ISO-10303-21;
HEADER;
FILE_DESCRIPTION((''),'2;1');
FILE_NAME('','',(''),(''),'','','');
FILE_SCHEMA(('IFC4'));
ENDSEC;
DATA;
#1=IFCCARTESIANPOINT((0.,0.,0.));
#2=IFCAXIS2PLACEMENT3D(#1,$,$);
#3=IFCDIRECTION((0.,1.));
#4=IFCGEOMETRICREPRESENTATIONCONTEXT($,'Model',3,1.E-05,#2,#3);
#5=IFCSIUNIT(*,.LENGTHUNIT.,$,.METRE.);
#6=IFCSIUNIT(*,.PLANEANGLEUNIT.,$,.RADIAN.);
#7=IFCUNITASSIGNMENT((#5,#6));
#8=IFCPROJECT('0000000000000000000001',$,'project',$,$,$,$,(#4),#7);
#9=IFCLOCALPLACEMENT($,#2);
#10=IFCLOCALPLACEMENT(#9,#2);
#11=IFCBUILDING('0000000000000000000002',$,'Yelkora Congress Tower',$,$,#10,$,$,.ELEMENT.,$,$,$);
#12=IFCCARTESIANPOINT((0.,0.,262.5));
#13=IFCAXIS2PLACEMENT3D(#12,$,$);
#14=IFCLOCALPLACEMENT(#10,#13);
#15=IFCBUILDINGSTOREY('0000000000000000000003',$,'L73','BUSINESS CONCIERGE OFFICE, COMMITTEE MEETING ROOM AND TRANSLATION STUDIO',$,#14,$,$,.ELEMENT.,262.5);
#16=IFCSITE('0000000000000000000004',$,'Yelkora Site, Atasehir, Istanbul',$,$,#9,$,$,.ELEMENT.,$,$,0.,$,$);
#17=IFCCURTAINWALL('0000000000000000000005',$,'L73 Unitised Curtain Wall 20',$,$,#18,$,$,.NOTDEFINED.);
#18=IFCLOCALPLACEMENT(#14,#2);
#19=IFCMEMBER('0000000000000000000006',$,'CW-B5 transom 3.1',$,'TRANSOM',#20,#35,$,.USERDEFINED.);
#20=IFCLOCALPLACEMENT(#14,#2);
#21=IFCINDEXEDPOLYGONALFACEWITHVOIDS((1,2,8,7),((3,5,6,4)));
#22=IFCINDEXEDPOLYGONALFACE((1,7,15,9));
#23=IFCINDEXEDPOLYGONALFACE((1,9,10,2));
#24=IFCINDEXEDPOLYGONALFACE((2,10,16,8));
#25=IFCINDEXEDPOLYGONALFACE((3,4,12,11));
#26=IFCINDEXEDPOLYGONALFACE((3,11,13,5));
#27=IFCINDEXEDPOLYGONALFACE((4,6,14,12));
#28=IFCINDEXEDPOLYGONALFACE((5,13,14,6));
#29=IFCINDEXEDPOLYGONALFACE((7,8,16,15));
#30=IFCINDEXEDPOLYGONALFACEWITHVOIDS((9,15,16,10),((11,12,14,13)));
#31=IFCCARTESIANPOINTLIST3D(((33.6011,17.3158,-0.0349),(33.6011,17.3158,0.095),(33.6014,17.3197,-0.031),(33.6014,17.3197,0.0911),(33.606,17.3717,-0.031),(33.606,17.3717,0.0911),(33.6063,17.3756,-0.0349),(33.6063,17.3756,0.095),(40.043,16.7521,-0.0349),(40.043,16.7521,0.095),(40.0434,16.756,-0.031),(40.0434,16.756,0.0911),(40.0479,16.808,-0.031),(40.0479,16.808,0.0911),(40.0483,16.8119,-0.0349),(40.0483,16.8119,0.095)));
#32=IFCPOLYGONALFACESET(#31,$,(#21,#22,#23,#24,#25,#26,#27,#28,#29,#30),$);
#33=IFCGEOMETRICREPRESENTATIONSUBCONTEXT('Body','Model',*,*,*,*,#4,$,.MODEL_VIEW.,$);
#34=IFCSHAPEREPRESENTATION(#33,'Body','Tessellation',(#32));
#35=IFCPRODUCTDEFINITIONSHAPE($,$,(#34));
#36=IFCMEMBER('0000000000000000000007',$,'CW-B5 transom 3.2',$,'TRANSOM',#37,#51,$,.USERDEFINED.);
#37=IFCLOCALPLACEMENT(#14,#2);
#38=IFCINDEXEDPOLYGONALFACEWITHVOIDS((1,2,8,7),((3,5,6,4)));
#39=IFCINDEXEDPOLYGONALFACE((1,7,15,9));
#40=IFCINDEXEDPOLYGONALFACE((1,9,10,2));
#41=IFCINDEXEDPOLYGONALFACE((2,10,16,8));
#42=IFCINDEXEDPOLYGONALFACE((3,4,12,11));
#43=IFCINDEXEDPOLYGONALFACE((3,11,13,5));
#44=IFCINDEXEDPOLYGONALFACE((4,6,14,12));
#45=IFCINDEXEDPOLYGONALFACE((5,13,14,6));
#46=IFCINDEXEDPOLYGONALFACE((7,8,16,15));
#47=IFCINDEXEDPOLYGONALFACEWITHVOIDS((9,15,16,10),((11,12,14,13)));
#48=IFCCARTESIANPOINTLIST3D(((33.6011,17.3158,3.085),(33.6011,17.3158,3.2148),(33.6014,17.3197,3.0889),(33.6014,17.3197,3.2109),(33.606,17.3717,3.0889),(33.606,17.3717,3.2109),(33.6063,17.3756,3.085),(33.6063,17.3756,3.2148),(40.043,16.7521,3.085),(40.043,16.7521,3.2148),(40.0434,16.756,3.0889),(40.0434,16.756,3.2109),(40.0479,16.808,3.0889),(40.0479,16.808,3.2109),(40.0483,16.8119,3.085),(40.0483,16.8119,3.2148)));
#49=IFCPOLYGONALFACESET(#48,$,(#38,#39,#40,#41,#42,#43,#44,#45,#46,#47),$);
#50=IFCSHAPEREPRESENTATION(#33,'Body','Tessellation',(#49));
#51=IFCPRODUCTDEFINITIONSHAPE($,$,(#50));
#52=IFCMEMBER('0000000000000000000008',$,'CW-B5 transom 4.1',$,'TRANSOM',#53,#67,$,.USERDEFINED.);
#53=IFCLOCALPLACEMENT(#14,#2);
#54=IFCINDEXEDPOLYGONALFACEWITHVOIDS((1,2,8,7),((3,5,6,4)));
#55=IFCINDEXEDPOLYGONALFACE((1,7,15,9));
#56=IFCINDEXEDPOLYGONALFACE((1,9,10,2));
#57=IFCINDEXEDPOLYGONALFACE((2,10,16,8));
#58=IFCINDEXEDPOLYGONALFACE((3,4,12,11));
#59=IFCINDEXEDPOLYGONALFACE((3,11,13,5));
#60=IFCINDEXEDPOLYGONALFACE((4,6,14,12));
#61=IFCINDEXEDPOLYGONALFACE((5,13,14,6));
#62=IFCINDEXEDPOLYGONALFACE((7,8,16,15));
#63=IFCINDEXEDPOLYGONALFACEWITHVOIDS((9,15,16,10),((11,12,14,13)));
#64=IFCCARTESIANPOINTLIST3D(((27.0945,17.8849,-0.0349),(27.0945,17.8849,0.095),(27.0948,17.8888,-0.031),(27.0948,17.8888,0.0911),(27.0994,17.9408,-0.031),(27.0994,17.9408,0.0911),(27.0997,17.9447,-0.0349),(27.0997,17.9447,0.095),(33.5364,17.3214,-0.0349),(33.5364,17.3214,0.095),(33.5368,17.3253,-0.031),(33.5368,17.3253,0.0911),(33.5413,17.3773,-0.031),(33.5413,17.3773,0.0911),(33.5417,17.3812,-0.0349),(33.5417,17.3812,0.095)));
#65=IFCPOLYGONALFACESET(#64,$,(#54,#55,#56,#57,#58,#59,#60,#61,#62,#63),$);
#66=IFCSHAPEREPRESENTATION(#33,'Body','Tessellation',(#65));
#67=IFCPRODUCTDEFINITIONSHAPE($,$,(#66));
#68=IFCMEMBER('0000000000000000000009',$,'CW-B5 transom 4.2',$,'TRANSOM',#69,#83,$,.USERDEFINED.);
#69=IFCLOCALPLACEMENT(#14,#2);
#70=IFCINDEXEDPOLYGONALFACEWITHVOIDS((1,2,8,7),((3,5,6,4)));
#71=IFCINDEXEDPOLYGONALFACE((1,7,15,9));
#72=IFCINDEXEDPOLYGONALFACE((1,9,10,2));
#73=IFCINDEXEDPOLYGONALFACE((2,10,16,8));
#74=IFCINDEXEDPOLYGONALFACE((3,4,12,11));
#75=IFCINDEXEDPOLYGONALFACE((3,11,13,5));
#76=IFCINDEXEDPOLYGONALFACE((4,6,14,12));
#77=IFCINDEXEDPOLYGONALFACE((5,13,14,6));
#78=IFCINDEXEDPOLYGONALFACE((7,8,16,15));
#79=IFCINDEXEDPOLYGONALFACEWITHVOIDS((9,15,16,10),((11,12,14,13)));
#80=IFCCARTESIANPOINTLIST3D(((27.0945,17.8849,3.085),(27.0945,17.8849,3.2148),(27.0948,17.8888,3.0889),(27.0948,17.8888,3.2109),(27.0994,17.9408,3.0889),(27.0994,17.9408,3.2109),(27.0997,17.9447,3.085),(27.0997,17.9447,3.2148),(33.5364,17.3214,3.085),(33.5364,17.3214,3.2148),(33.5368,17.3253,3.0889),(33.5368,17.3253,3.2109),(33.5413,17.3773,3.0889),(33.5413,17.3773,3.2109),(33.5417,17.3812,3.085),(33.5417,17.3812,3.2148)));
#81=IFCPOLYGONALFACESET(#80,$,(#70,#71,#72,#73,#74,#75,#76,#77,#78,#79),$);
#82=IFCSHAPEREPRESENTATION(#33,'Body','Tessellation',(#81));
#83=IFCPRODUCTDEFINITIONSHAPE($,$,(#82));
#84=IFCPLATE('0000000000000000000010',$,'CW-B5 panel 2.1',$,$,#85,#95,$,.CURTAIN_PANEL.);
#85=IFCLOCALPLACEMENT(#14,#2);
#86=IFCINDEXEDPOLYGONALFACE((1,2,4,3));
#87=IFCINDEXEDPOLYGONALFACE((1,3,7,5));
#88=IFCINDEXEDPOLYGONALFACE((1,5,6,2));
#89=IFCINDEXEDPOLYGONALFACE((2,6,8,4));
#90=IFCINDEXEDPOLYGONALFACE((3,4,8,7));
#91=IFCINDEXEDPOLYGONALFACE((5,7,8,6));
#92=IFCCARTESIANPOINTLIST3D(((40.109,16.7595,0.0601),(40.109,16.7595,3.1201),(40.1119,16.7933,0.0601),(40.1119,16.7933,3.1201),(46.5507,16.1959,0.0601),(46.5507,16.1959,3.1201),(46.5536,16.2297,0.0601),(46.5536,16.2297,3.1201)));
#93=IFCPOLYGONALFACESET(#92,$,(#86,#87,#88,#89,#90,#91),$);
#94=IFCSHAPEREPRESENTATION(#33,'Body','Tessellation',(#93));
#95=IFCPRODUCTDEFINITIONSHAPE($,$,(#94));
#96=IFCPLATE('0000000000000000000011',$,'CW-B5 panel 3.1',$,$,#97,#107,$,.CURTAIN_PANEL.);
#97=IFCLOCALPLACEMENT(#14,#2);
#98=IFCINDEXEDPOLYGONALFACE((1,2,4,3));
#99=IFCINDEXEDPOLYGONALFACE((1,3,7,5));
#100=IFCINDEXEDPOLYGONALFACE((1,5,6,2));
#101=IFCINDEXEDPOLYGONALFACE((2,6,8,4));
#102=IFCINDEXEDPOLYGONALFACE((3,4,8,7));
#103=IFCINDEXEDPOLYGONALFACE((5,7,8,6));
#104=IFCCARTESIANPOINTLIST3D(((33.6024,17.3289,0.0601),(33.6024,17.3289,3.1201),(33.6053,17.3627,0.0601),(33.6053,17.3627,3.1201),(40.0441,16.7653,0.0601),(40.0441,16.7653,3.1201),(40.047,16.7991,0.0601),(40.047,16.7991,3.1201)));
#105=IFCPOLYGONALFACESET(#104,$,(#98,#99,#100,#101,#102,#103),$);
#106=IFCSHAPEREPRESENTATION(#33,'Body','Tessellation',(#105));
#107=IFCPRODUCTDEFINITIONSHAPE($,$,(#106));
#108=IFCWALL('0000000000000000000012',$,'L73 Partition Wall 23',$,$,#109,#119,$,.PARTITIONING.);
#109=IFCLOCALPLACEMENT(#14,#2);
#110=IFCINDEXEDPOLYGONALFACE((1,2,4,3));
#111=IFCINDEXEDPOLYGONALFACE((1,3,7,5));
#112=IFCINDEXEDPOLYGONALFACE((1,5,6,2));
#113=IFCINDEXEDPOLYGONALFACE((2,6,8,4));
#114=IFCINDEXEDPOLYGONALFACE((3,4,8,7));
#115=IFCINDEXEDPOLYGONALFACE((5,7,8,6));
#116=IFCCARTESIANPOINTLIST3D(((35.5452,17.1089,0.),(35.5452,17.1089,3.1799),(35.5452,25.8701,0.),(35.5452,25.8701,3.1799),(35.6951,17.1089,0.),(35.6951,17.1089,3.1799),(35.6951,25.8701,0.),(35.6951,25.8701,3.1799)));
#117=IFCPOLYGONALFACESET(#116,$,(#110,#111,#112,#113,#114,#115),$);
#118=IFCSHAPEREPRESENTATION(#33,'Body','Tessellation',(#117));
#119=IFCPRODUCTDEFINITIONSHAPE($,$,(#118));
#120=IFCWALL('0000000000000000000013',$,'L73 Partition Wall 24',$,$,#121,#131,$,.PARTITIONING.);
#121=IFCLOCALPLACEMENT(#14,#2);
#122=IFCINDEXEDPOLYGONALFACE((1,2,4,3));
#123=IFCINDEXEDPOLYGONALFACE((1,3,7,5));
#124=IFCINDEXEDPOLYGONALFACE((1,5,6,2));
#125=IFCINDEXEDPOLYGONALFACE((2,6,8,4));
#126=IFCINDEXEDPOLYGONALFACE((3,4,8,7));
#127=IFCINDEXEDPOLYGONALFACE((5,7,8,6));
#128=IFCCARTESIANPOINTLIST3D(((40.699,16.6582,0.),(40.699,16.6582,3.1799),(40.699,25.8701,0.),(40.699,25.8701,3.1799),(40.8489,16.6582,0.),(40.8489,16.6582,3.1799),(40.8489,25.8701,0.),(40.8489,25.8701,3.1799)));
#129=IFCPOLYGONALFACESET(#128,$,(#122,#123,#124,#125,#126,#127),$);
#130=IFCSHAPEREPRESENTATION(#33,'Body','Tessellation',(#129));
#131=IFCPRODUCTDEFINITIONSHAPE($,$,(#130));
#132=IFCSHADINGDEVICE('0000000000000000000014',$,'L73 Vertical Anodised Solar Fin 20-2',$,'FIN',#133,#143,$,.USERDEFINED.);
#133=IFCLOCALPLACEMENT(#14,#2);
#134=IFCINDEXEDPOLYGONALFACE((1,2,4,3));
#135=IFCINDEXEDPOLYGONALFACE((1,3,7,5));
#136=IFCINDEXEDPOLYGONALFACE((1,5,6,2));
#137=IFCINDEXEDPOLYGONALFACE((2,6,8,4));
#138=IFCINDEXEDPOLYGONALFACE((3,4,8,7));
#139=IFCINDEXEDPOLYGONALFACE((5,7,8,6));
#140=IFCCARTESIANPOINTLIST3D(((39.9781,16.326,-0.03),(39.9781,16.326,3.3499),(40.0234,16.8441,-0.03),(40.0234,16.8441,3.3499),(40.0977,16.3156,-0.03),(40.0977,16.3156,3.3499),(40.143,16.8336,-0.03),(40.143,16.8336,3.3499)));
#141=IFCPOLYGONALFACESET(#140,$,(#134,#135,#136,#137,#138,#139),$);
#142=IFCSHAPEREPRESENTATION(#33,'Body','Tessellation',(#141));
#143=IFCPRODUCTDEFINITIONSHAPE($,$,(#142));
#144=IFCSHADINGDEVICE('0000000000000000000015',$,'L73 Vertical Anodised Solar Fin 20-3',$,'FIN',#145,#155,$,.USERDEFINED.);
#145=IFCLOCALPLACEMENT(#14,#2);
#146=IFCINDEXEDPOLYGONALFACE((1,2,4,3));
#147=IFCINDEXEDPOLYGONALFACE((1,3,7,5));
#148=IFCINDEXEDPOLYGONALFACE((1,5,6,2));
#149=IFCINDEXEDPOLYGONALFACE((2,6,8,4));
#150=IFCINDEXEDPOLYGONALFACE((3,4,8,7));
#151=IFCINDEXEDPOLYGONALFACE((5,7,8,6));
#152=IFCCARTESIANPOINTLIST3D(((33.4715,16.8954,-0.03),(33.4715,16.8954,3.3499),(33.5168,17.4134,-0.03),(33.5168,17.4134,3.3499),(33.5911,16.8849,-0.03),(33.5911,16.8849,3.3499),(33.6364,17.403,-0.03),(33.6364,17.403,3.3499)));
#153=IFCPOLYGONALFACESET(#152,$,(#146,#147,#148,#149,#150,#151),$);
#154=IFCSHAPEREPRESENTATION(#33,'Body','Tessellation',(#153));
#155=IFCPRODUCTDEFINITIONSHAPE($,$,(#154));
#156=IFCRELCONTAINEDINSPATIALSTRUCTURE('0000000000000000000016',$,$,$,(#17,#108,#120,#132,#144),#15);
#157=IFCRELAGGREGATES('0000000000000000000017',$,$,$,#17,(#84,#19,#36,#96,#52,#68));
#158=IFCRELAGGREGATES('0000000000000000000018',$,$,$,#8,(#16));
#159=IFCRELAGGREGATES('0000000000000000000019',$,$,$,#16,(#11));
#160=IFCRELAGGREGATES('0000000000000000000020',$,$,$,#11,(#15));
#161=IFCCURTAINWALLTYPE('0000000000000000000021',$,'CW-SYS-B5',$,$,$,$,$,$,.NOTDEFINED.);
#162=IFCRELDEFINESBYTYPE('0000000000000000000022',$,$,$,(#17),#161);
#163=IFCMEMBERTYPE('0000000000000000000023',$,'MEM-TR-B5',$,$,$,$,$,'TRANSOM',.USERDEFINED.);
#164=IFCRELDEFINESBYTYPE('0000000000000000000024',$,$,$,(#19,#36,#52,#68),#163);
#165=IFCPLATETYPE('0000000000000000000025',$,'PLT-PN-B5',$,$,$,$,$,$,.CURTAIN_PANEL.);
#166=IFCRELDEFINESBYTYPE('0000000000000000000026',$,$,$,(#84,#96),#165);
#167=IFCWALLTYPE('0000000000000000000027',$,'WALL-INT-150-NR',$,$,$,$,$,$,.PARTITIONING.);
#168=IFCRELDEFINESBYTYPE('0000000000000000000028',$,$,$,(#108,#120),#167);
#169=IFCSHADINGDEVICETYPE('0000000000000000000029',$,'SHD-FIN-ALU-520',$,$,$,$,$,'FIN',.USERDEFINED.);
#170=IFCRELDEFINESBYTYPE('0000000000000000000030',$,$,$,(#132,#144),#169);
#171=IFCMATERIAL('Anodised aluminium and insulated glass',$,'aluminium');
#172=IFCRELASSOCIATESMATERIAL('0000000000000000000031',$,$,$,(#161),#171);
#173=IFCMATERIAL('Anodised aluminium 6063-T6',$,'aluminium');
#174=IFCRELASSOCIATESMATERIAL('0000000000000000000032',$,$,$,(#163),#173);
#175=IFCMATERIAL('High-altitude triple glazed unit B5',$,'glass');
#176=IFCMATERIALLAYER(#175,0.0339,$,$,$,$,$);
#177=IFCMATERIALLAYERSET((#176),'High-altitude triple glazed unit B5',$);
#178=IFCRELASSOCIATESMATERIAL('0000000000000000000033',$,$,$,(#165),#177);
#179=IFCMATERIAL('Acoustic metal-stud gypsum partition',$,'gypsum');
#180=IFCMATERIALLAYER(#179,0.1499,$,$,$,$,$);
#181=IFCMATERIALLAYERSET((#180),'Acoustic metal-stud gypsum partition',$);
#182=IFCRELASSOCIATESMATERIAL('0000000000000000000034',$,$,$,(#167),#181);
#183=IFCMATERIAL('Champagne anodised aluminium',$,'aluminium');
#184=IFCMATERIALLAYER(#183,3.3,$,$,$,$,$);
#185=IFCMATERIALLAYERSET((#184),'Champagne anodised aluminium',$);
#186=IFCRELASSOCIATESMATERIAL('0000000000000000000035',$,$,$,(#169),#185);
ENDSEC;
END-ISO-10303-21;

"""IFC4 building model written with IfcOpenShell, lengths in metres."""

from ifc_helpers import new_model, si_unit, direction, frame, frame_2d, origin, origin_2d, place, context, subcontext, project, spatial, rectangle, hollow_rectangle, extrude, material, layer, layer_set, material_profile, profile_set, type_object, element, aggregate, save


model = new_model("IFC4")

# Units and contexts
model_context = context("Model", 3, precision=1e-05, world=origin(), true_north=direction((0.0, 1.0)))
body_context = subcontext(model_context, "Body", "Model", "MODEL_VIEW")
ifc_project = project(units=[si_unit("LENGTHUNIT", "METRE"), si_unit("PLANEANGLEUNIT", "RADIAN")], contexts=[model_context])

# Site, building, storey
site_placement = place(None, origin())
site = spatial("IfcSite", under=ifc_project, at=site_placement, Name="Yelkora Site, Atasehir, Istanbul", CompositionType="ELEMENT", RefElevation=0.0)
building_placement = place(site_placement, origin())
building = spatial("IfcBuilding", under=site, at=building_placement, Name="Yelkora Congress Tower", CompositionType="ELEMENT")
storey_placement = place(building_placement, frame((0.0, 0.0, 262.5)))
storey = spatial("IfcBuildingStorey", under=building, at=storey_placement, Name="L73", Description="BUSINESS CONCIERGE OFFICE, COMMITTEE MEETING ROOM AND TRANSLATION STUDIO", CompositionType="ELEMENT", Elevation=262.5)

# Curtain wall, members, plates
ifc_material_1 = material(Name="Anodised aluminium and insulated glass", Category="aluminium")
curtain_wall_type = type_object("IfcCurtainWallType", Name="CW-SYS-B5", PredefinedType="NOTDEFINED", material=ifc_material_1)
curtain_wall_placement = place(storey_placement, origin())
curtain_wall = element("IfcCurtainWall", 1, at=curtain_wall_placement, inside=storey, type_object=curtain_wall_type, Name="L73 Unitised Curtain Wall 20", PredefinedType="NOTDEFINED")
ifc_material_2 = material(Name="Anodised aluminium 6063-T6", Category="aluminium")
ifc_material_profile_1 = material_profile(ifc_material_2, hollow_rectangle(XDim=0.0601, YDim=0.1299, WallThickness=0.0039, at=origin_2d()), Name="ALU 60x130x4")
ifc_profile_set_1 = profile_set([ifc_material_profile_1], Name="Anodised aluminium 6063-T6")
member_type_1 = type_object("IfcMemberType", Name="MEM-TR-B5", ElementType="TRANSOM", PredefinedType="USERDEFINED", material=ifc_profile_set_1)
member_1_placement = place(storey_placement, frame((40.0457, 16.782, 0.03), z_axis=(-0.996193, 0.087175, 0.0), x_axis=(-0.087175, -0.996193, 0.0)))
member_1 = element("IfcMember", 2, at=member_1_placement, type_object=member_type_1, Name="CW-B5 transom 3.1", ObjectType="TRANSOM", PredefinedType="USERDEFINED", context=body_context, shape_type="SweptSolid", body=[
    extrude(hollow_rectangle(XDim=0.0601, YDim=0.1299, WallThickness=0.0039, at=origin_2d()), origin(), (0.0, 0.0, 1.0), 6.4666),
])
member_2_placement = place(storey_placement, frame((40.0457, 16.782, 3.1499), z_axis=(-0.996193, 0.087175, 0.0), x_axis=(-0.087175, -0.996193, 0.0)))
member_2 = element("IfcMember", 3, at=member_2_placement, type_object=member_type_1, Name="CW-B5 transom 3.2", ObjectType="TRANSOM", PredefinedType="USERDEFINED", context=body_context, shape_type="SweptSolid", body=[
    extrude(hollow_rectangle(XDim=0.0601, YDim=0.1299, WallThickness=0.0039, at=origin_2d()), origin(), (0.0, 0.0, 1.0), 6.4666),
])
member_3_placement = place(storey_placement, frame((33.5391, 17.3513, 0.03), z_axis=(-0.996196, 0.087138, 0.0), x_axis=(-0.087138, -0.996196, 0.0)))
member_3 = element("IfcMember", 4, at=member_3_placement, type_object=member_type_1, Name="CW-B5 transom 4.1", ObjectType="TRANSOM", PredefinedType="USERDEFINED", context=body_context, shape_type="SweptSolid", body=[
    extrude(hollow_rectangle(XDim=0.0601, YDim=0.1299, WallThickness=0.0039, at=origin_2d()), origin(), (0.0, 0.0, 1.0), 6.4666),
])
member_4_placement = place(storey_placement, frame((33.5391, 17.3513, 3.1499), z_axis=(-0.996196, 0.087138, 0.0), x_axis=(-0.087138, -0.996196, 0.0)))
member_4 = element("IfcMember", 5, at=member_4_placement, type_object=member_type_1, Name="CW-B5 transom 4.2", ObjectType="TRANSOM", PredefinedType="USERDEFINED", context=body_context, shape_type="SweptSolid", body=[
    extrude(hollow_rectangle(XDim=0.0601, YDim=0.1299, WallThickness=0.0039, at=origin_2d()), origin(), (0.0, 0.0, 1.0), 6.4666),
])
ifc_material_3 = material(Name="High-altitude triple glazed unit B5", Category="glass")
ifc_layer_1 = layer(ifc_material_3, 0.0339)
ifc_layer_set_1 = layer_set([ifc_layer_1], Name="High-altitude triple glazed unit B5")
plate_type = type_object("IfcPlateType", Name="PLT-PN-B5", PredefinedType="CURTAIN_PANEL", material=ifc_layer_set_1)
plate_1_placement = place(storey_placement, frame((43.3313, 16.4946, 0.0601), z_axis=(0.0, 0.0, 1.0), x_axis=(-0.996195, 0.087157, 0.0)))
plate_1 = element("IfcPlate", 6, at=plate_1_placement, type_object=plate_type, Name="CW-B5 panel 2.1", PredefinedType="CURTAIN_PANEL", context=body_context, shape_type="SweptSolid", body=[
    extrude(rectangle(XDim=6.4663, YDim=0.0339, at=origin_2d()), origin(), (0.0, 0.0, 1.0), 3.0601),
])
plate_2_placement = place(storey_placement, frame((36.8247, 17.064, 0.0601), z_axis=(0.0, 0.0, 1.0), x_axis=(-0.996195, 0.087157, 0.0)))
plate_2 = element("IfcPlate", 7, at=plate_2_placement, type_object=plate_type, Name="CW-B5 panel 3.1", PredefinedType="CURTAIN_PANEL", context=body_context, shape_type="SweptSolid", body=[
    extrude(rectangle(XDim=6.4663, YDim=0.0339, at=origin_2d()), origin(), (0.0, 0.0, 1.0), 3.0601),
])
aggregate(curtain_wall, [plate_1, member_1, member_2, plate_2, member_3, member_4])

# Walls
ifc_material_4 = material(Name="Acoustic metal-stud gypsum partition", Category="gypsum")
ifc_layer_2 = layer(ifc_material_4, 0.1499)
ifc_layer_set_2 = layer_set([ifc_layer_2], Name="Acoustic metal-stud gypsum partition")
wall_type = type_object("IfcWallType", Name="WALL-INT-150-NR", PredefinedType="PARTITIONING", material=ifc_layer_set_2)
wall_1_placement = place(storey_placement, frame((35.6201, 17.1089, 0.0), z_axis=(0.0, 0.0, 1.0), x_axis=(0.0, 1.0, 0.0)))
element("IfcWall", 8, at=wall_1_placement, inside=storey, type_object=wall_type, Name="L73 Partition Wall 23", PredefinedType="PARTITIONING", context=body_context, shape_type="SweptSolid", body=[
    extrude(rectangle(XDim=8.7612, YDim=0.1499, at=frame_2d((4.3806, 0.0))), origin(), (0.0, 0.0, 1.0), 3.1799),
])
wall_2_placement = place(storey_placement, frame((40.7739, 16.6582, 0.0), z_axis=(0.0, 0.0, 1.0), x_axis=(0.0, 1.0, 0.0)))
element("IfcWall", 9, at=wall_2_placement, inside=storey, type_object=wall_type, Name="L73 Partition Wall 24", PredefinedType="PARTITIONING", context=body_context, shape_type="SweptSolid", body=[
    extrude(rectangle(XDim=9.2119, YDim=0.1499, at=frame_2d((4.606, 0.0))), origin(), (0.0, 0.0, 1.0), 3.1799),
])

# Shading devices
ifc_material_5 = material(Name="Champagne anodised aluminium", Category="aluminium")
ifc_layer_3 = layer(ifc_material_5, 3.3)
ifc_layer_set_3 = layer_set([ifc_layer_3], Name="Champagne anodised aluminium")
shading_device_type = type_object("IfcShadingDeviceType", Name="SHD-FIN-ALU-520", ElementType="FIN", PredefinedType="USERDEFINED", material=ifc_layer_set_3)
for number, where, z_axis, x_axis, name in (
    (10, (40.0605, 16.5798, -0.03), (0.0, 0.0, 1.0), (-0.996195, 0.087156, 0.0), "L73 Vertical Anodised Solar Fin 20-2"),
    (11, (33.554, 17.1492, -0.03), (0.0, 0.0, 1.0), (-0.996195, 0.087156, 0.0), "L73 Vertical Anodised Solar Fin 20-3"),
):
    element("IfcShadingDevice", number, at=place(storey_placement, frame(where, z_axis=z_axis, x_axis=x_axis)), inside=storey, type_object=shading_device_type, Name=name, ObjectType="FIN", PredefinedType="USERDEFINED", context=body_context, shape_type="SweptSolid", body=[
        extrude(rectangle(XDim=0.1201, YDim=0.52, at=origin_2d()), origin(), (0.0, 0.0, 1.0), 3.3799),
    ])

save(model, "model.ifc")
